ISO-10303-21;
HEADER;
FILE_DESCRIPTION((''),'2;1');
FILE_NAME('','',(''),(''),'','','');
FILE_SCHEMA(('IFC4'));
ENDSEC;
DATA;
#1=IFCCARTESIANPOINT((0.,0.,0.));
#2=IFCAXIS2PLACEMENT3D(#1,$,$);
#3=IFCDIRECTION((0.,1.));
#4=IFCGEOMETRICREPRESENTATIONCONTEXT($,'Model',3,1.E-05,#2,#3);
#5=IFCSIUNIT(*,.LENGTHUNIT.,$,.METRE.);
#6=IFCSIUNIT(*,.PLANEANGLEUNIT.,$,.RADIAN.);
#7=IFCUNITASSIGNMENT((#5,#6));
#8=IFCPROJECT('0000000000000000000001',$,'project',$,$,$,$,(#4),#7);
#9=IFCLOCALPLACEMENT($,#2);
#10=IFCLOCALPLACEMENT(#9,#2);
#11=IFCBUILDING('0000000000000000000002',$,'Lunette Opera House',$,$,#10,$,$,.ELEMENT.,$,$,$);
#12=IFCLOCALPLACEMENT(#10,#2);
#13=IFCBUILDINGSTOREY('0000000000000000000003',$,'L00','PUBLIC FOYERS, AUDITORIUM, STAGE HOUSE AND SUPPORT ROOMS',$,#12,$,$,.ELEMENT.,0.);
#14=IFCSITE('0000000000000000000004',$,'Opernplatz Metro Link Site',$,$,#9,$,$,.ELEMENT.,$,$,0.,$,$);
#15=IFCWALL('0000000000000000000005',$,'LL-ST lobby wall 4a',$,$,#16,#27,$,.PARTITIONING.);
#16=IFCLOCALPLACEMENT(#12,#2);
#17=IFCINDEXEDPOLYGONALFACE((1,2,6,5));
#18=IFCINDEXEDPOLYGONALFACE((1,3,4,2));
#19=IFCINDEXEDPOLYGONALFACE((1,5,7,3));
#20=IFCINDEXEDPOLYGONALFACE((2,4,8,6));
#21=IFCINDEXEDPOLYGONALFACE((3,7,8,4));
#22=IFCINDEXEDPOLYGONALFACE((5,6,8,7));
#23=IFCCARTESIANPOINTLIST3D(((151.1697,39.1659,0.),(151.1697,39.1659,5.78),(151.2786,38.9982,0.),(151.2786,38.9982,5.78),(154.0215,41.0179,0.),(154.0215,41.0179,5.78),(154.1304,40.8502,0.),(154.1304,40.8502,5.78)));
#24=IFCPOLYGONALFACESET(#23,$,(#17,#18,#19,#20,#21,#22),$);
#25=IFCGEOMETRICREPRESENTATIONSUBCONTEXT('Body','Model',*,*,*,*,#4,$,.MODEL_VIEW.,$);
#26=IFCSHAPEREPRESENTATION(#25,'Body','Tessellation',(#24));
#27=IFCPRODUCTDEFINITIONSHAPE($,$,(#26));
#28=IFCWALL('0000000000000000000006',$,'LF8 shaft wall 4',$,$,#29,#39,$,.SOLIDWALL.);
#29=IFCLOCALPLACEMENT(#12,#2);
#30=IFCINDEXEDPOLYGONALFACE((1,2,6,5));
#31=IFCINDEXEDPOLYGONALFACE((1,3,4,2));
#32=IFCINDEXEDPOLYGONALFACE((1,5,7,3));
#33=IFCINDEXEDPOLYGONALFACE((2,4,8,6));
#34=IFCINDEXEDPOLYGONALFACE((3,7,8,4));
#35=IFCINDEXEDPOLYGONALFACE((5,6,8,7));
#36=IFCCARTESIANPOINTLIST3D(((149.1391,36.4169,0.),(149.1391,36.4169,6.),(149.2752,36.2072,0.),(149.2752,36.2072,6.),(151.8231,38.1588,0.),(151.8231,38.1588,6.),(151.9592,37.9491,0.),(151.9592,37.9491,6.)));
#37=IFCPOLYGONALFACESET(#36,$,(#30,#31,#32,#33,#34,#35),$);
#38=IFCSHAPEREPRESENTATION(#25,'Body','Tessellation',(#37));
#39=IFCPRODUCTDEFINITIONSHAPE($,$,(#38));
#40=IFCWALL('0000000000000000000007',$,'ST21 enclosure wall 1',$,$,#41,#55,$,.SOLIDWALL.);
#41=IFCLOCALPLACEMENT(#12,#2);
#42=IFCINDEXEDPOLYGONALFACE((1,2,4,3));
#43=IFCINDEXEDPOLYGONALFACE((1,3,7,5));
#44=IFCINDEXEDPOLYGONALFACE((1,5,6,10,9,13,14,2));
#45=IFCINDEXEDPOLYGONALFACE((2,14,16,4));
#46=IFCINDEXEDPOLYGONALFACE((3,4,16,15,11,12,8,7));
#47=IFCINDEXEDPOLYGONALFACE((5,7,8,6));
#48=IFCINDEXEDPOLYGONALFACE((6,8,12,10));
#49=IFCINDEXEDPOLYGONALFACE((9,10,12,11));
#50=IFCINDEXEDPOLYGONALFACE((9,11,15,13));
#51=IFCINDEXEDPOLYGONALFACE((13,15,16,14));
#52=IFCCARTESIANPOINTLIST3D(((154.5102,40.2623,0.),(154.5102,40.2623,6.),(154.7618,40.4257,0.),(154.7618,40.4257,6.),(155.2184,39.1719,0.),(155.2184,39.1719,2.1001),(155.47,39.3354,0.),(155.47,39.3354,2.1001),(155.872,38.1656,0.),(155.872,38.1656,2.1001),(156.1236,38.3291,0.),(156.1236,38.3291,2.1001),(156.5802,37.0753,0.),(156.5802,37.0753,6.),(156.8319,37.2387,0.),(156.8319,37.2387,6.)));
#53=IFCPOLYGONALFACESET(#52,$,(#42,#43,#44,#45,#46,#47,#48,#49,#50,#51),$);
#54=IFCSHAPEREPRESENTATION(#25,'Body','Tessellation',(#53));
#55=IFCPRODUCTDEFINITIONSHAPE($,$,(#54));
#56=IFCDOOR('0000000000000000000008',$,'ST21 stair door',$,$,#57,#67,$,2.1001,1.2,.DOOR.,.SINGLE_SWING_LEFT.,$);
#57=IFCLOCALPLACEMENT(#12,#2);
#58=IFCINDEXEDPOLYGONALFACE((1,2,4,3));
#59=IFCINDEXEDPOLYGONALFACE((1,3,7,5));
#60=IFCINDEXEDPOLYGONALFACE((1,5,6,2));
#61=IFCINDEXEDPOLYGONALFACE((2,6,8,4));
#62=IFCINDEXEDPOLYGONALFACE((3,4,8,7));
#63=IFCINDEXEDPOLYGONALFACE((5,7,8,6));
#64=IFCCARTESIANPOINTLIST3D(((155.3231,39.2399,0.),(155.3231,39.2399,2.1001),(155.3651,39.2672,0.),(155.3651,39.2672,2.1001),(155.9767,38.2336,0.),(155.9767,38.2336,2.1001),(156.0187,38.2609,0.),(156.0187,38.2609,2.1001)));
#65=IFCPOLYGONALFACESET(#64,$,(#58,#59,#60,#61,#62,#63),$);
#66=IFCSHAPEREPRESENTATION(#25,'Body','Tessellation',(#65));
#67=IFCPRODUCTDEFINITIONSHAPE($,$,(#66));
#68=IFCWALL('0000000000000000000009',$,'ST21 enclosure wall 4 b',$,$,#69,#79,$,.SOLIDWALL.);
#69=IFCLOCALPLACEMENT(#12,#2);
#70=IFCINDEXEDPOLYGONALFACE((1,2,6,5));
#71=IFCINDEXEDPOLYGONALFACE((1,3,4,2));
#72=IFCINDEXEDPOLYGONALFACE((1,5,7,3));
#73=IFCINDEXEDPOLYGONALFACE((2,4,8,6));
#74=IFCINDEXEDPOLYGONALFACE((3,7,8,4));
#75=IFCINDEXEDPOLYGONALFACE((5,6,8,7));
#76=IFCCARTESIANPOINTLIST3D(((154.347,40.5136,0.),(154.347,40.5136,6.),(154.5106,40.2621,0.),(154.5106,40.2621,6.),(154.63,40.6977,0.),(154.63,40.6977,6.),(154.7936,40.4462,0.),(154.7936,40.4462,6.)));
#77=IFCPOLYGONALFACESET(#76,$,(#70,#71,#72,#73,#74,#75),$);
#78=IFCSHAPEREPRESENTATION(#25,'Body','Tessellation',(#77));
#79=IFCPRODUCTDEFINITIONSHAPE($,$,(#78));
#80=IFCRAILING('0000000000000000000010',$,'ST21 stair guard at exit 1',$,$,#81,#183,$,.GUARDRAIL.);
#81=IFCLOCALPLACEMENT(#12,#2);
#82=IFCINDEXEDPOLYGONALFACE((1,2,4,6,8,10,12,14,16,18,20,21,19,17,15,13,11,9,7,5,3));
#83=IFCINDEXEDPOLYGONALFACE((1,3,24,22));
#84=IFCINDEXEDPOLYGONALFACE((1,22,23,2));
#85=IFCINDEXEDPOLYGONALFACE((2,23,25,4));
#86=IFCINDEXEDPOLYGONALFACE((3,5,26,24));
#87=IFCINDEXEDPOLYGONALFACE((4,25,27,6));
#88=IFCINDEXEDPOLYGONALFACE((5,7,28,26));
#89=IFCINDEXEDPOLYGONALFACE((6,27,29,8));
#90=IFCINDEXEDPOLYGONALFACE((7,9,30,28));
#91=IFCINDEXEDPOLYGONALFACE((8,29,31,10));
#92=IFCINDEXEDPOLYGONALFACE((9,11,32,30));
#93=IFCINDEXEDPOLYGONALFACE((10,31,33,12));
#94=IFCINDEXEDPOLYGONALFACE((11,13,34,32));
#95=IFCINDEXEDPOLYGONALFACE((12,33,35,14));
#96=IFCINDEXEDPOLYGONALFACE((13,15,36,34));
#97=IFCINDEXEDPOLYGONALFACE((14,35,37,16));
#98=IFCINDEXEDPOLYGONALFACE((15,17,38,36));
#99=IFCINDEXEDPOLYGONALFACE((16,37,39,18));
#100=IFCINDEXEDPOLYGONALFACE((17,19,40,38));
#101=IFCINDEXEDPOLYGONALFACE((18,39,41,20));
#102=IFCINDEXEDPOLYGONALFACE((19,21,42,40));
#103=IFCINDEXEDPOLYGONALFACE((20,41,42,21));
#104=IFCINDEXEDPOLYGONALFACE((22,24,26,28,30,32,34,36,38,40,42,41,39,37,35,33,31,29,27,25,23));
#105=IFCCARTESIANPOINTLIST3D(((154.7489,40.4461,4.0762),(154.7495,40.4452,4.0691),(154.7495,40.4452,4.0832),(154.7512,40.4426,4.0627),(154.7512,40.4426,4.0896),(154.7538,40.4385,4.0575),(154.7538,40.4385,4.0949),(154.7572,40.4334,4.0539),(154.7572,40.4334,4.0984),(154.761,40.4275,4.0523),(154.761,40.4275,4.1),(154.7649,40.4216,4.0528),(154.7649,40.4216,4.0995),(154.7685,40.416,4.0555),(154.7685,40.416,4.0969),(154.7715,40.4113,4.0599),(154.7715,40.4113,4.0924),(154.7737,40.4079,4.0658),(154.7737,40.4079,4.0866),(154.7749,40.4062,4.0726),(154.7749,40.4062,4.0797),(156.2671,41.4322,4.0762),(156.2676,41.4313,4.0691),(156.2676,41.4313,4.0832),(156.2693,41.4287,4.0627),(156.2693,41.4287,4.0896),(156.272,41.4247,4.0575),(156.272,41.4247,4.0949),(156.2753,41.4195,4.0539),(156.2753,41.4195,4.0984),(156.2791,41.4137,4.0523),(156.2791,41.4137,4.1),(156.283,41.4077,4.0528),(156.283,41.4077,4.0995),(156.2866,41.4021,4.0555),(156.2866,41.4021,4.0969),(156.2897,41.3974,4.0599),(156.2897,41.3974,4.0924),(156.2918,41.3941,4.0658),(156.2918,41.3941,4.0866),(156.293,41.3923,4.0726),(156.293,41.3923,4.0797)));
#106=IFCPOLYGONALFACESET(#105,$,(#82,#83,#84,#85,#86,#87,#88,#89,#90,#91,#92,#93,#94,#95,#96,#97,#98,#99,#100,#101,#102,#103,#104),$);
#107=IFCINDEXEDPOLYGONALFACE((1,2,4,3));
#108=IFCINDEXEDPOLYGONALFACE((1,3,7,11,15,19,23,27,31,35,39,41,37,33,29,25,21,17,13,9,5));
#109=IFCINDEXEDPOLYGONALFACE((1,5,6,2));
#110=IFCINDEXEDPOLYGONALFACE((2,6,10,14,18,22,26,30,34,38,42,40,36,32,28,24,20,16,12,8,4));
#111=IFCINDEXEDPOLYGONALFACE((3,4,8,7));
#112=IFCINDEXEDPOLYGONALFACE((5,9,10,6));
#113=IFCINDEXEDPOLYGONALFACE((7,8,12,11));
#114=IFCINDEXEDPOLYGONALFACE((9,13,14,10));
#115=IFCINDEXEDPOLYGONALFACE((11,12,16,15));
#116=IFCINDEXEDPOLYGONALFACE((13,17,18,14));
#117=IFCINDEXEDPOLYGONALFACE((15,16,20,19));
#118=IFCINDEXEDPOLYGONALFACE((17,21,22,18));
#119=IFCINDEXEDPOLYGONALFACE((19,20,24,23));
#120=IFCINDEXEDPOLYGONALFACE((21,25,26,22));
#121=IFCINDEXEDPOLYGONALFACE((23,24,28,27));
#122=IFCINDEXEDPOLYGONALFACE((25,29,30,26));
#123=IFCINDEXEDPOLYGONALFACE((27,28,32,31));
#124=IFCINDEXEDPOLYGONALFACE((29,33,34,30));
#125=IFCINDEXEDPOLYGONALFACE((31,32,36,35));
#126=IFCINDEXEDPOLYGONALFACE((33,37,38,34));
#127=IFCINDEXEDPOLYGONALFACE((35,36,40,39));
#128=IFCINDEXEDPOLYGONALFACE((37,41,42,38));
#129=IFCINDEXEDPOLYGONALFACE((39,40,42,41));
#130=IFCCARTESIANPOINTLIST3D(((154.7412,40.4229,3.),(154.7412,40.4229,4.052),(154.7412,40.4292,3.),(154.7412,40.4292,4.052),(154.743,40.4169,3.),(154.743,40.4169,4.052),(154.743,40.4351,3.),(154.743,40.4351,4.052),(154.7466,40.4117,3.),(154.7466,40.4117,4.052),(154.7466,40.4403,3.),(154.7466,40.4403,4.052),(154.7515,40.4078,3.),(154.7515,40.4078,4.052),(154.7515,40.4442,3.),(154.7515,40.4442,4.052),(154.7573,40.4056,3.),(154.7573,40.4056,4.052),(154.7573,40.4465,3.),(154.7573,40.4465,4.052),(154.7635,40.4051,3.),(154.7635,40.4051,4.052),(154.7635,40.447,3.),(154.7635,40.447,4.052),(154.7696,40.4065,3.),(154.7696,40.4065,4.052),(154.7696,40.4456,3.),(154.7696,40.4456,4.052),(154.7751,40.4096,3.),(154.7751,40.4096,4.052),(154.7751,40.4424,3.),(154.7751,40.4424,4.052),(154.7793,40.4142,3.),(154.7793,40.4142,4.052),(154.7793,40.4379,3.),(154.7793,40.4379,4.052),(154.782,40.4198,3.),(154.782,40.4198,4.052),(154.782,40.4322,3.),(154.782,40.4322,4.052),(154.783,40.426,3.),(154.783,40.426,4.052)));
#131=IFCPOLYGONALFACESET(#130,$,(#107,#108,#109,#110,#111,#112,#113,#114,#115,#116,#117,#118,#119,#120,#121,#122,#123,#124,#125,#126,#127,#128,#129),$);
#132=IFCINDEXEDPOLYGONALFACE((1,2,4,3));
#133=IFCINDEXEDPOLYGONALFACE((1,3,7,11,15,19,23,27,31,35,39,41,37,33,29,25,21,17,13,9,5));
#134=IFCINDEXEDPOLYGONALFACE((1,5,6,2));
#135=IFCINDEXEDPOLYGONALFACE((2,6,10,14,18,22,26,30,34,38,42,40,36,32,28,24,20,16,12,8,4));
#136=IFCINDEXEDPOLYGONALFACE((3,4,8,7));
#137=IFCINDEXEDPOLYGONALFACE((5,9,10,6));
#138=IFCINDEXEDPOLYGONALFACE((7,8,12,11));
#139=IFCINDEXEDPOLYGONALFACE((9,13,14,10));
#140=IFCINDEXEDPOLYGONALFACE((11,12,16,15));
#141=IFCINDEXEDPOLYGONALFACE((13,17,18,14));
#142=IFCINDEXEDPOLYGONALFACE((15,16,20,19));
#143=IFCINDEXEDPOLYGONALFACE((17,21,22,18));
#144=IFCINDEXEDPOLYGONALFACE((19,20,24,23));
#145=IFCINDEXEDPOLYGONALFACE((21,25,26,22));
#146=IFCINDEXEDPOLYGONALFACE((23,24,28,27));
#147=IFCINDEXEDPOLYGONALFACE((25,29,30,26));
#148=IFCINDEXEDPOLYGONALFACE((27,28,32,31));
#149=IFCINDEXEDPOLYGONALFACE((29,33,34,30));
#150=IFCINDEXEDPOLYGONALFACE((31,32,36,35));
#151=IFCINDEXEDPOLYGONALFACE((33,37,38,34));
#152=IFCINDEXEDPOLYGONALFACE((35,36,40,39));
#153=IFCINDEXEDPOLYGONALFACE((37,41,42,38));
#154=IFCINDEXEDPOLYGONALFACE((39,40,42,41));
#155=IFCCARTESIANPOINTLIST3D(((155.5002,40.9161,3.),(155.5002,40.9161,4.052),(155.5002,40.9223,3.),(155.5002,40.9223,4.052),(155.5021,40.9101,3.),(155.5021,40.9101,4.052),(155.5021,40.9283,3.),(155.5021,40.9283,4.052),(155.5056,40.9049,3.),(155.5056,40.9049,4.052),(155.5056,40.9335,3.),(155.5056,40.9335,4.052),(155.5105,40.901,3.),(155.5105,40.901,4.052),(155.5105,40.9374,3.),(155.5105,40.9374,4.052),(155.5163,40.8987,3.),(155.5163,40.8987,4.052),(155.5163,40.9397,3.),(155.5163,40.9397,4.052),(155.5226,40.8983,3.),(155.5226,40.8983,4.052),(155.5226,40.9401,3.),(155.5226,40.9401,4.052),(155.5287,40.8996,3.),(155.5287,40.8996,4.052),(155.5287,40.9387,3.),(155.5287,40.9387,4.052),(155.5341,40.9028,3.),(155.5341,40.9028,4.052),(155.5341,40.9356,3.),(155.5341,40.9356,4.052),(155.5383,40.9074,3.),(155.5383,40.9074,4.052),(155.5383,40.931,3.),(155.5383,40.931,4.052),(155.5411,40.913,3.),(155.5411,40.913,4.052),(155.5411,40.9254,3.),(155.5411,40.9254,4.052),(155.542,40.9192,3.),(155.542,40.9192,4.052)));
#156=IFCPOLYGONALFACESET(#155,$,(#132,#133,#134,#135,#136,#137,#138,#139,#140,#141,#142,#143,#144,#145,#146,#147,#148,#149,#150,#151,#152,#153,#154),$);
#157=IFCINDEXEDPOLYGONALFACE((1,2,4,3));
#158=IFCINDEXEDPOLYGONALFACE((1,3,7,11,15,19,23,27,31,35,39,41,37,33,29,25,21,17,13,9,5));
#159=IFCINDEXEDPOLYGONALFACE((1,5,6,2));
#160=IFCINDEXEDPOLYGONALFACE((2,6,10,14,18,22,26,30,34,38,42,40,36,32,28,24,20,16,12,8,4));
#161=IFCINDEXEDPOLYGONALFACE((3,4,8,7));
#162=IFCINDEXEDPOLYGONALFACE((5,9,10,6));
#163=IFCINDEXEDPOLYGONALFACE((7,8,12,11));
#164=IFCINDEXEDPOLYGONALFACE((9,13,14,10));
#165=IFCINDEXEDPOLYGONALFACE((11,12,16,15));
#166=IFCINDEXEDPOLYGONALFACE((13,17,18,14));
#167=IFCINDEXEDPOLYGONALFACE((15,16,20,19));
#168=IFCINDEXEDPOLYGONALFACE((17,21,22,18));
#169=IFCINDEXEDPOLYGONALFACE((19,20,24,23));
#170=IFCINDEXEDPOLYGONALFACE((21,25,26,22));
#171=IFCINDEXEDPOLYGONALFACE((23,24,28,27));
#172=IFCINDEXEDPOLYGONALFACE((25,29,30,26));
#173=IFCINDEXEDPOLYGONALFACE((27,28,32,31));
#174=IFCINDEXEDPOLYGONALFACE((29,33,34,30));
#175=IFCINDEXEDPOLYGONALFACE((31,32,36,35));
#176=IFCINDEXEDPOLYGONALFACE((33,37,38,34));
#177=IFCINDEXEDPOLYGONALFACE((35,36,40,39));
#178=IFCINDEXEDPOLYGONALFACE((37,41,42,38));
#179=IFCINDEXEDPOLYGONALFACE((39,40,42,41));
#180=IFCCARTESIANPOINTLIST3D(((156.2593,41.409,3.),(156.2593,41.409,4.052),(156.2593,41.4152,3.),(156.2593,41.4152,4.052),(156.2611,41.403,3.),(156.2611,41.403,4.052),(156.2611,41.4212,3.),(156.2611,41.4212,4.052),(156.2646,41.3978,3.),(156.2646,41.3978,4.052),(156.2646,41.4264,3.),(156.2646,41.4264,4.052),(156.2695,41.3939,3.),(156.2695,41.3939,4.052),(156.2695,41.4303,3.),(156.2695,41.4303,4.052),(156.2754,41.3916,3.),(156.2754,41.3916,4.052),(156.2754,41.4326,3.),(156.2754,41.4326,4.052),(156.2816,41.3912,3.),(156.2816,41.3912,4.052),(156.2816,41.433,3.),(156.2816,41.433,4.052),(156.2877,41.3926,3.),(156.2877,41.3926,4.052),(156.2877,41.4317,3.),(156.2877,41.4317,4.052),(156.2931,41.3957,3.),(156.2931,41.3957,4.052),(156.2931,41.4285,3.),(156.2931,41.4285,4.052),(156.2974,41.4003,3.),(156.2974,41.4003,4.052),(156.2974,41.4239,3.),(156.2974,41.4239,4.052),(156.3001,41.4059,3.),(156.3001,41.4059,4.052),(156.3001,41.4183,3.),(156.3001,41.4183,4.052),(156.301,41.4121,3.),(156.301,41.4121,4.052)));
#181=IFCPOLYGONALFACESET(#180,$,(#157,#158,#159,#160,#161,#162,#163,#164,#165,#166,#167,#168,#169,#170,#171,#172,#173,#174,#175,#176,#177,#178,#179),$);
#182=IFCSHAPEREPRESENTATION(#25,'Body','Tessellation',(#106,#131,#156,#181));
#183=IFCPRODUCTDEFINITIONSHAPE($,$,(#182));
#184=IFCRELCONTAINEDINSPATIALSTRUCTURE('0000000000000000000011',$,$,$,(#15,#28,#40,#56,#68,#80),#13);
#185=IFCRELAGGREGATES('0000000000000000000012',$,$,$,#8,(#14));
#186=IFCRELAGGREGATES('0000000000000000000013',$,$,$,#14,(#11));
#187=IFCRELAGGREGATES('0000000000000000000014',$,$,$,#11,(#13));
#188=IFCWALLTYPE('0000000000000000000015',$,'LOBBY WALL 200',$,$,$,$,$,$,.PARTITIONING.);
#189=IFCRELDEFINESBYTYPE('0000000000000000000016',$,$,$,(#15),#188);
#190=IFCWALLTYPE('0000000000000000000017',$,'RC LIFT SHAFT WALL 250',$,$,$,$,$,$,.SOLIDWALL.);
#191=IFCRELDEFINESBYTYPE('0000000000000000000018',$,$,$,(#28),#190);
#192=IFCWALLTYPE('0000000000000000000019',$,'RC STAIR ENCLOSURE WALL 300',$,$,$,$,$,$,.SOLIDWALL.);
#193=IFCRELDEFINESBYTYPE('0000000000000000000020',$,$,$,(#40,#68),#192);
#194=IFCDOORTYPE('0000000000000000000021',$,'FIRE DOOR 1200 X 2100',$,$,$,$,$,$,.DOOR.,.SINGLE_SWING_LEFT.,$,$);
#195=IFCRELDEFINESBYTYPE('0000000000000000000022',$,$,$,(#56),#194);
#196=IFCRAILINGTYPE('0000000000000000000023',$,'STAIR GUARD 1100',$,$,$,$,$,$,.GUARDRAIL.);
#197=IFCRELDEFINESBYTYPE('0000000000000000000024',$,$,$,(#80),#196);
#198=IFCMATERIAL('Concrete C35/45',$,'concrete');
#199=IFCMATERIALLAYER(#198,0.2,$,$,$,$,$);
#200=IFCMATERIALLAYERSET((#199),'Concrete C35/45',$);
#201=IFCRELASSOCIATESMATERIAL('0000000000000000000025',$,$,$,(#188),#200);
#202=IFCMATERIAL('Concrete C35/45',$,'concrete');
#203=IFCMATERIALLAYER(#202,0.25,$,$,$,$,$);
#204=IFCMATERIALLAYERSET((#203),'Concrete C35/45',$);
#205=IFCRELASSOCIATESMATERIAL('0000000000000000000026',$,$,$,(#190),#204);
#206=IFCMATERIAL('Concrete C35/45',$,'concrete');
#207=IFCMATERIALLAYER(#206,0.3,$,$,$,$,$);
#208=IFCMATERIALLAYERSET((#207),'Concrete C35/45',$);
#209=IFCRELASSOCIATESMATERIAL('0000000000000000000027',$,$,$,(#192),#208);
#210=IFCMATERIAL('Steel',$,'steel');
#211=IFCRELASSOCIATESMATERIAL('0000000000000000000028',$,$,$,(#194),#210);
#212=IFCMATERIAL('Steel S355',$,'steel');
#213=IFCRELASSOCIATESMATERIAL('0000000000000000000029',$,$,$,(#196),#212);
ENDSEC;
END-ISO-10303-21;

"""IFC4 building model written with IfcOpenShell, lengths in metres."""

from ifc_helpers import new_model, si_unit, direction, frame, frame_2d, origin, origin_2d, place, context, subcontext, project, spatial, rectangle, circle, extrude, material, layer, layer_set, type_object, element, fill, save


model = new_model("IFC4")

# Units and contexts
model_context = context("Model", 3, precision=1e-05, world=origin(), true_north=direction((0.0, 1.0)))
body_context = subcontext(model_context, "Body", "Model", "MODEL_VIEW")
ifc_project = project(units=[si_unit("LENGTHUNIT", "METRE"), si_unit("PLANEANGLEUNIT", "RADIAN")], contexts=[model_context])

# Site, building, storey
site_placement = place(None, origin())
site = spatial("IfcSite", under=ifc_project, at=site_placement, Name="Opernplatz Metro Link Site", CompositionType="ELEMENT", RefElevation=0.0)
building_placement = place(site_placement, origin())
building = spatial("IfcBuilding", under=site, at=building_placement, Name="Lunette Opera House", CompositionType="ELEMENT")
storey_placement = place(building_placement, origin())
storey = spatial("IfcBuildingStorey", under=building, at=storey_placement, Name="L00", Description="PUBLIC FOYERS, AUDITORIUM, STAGE HOUSE AND SUPPORT ROOMS", CompositionType="ELEMENT", Elevation=0.0)

# Walls
ifc_material_1 = material(Name="Concrete C35/45", Category="concrete")
ifc_layer_1 = layer(ifc_material_1, 0.2)
ifc_layer_set_1 = layer_set([ifc_layer_1], Name="Concrete C35/45")
wall_type_1 = type_object("IfcWallType", Name="LOBBY WALL 200", PredefinedType="PARTITIONING", material=ifc_layer_set_1)
wall_1_placement = place(storey_placement, frame((154.0759, 40.9341, 0.0), z_axis=(0.0, 0.0, 1.0), x_axis=(-0.838662, -0.544653, 0.0)))
element("IfcWall", 1, at=wall_1_placement, inside=storey, type_object=wall_type_1, Name="LL-ST lobby wall 4a", PredefinedType="PARTITIONING", context=body_context, shape_type="SweptSolid", body=[
    extrude(rectangle(XDim=3.4004, YDim=0.2, at=frame_2d((1.7002, 0.0))), origin(), (0.0, 0.0, 1.0), 5.78),
])
ifc_material_2 = material(Name="Concrete C35/45", Category="concrete")
ifc_layer_2 = layer(ifc_material_2, 0.25)
ifc_layer_set_2 = layer_set([ifc_layer_2], Name="Concrete C35/45")
wall_type_2 = type_object("IfcWallType", Name="RC LIFT SHAFT WALL 250", PredefinedType="SOLIDWALL", material=ifc_layer_set_2)
wall_2_placement = place(storey_placement, frame((151.8911, 38.054, 0.0), z_axis=(0.0, 0.0, 1.0), x_axis=(-0.83883, -0.544393, 0.0)))
element("IfcWall", 2, at=wall_2_placement, inside=storey, type_object=wall_type_2, Name="LF8 shaft wall 4", PredefinedType="SOLIDWALL", context=body_context, shape_type="SweptSolid", body=[
    extrude(rectangle(XDim=3.1997, YDim=0.25, at=frame_2d((1.5999, 0.0))), origin(), (0.0, 0.0, 1.0), 6.0),
])

# Wall, opening, door
ifc_material_3 = material(Name="Concrete C35/45", Category="concrete")
ifc_layer_3 = layer(ifc_material_3, 0.3)
ifc_layer_set_3 = layer_set([ifc_layer_3], Name="Concrete C35/45")
wall_type_3 = type_object("IfcWallType", Name="RC STAIR ENCLOSURE WALL 300", PredefinedType="SOLIDWALL", material=ifc_layer_set_3)
wall_3_placement = place(storey_placement, frame((154.636, 40.344, 0.0), z_axis=(0.0, 0.0, 1.0), x_axis=(0.544713, -0.838623, 0.0)))
wall_3 = element("IfcWall", 3, at=wall_3_placement, inside=storey, type_object=wall_type_3, Name="ST21 enclosure wall 1", PredefinedType="SOLIDWALL", context=body_context, shape_type="SweptSolid", body=[
    extrude(rectangle(XDim=3.8003, YDim=0.3, at=frame_2d((1.9001, 0.0))), origin(), (0.0, 0.0, 1.0), 6.0),
])
opening_1_placement = place(wall_3_placement, frame((1.3, 0.0, 0.0)))
opening_1 = element("IfcOpeningElement", 4, at=opening_1_placement, cuts=wall_3, PredefinedType="OPENING", context=body_context, shape_type="SweptSolid", body=[
    extrude(rectangle(XDim=1.2, YDim=2.1001, at=frame_2d((0.6001, 1.05))), frame((0.0, 0.1621, 0.0), z_axis=(0.0, -1.0, 0.0), x_axis=(1.0, 0.0, 0.0)), (0.0, 0.0, 1.0), 0.324),
])
ifc_material_4 = material(Name="Steel", Category="steel")
door_type_1 = type_object("IfcDoorType", Name="FIRE DOOR 1200 X 2100", OperationType="SINGLE_SWING_LEFT", PredefinedType="DOOR", material=ifc_material_4)
door_1_placement = place(opening_1_placement, origin())
door_1 = element("IfcDoor", 5, at=door_1_placement, inside=storey, type_object=door_type_1, Name="ST21 stair door", OperationType="SINGLE_SWING_LEFT", OverallHeight=2.1001, OverallWidth=1.2, PredefinedType="DOOR", context=body_context, shape_type="SweptSolid", body=[
    extrude(rectangle(XDim=1.2, YDim=2.1001, at=frame_2d((0.6001, 1.05))), frame((0.0, 0.0249, 0.0), z_axis=(0.0, -1.0, 0.0), x_axis=(1.0, 0.0, 0.0)), (0.0, 0.0, 1.0), 0.05),
])
fill(opening_1, door_1)

# Wall
wall_4_placement = place(storey_placement, frame((154.7119, 40.572, 0.0), z_axis=(0.0, 0.0, 1.0), x_axis=(-0.838229, -0.545319, 0.0)))
element("IfcWall", 6, at=wall_4_placement, inside=storey, type_object=wall_type_3, Name="ST21 enclosure wall 4 b", PredefinedType="SOLIDWALL", context=body_context, shape_type="SweptSolid", body=[
    extrude(rectangle(XDim=0.3376, YDim=0.3, at=frame_2d((0.1689, 0.0))), origin(), (0.0, 0.0, 1.0), 6.0),
])

# Railing
ifc_material_5 = material(Name="Steel S355", Category="steel")
railing_type = type_object("IfcRailingType", Name="STAIR GUARD 1100", PredefinedType="GUARDRAIL", material=ifc_material_5)
railing_placement = place(storey_placement, frame((154.762, 40.426, 3.0)))
element("IfcRailing", 7, at=railing_placement, inside=storey, type_object=railing_type, Name="ST21 stair guard at exit 1", PredefinedType="GUARDRAIL", context=body_context, shape_type="SweptSolid", body=[
    extrude(circle(Radius=0.0239, at=origin_2d()), frame((0.0, 0.0, 1.0762), z_axis=(0.83861, 0.544732, 0.0), x_axis=(-0.544732, 0.83861, 0.0)), (0.0, 0.0, 1.0), 1.8103),
    extrude(circle(Radius=0.021, at=origin_2d()), origin(), (0.0, 0.0, 1.0), 1.052),
    extrude(circle(Radius=0.021, at=origin_2d()), frame((0.759, 0.4932, 0.0)), (0.0, 0.0, 1.0), 1.052),
    extrude(circle(Radius=0.021, at=origin_2d()), frame((1.5181, 0.9861, 0.0)), (0.0, 0.0, 1.0), 1.052),
])

save(model, "model.ifc")
